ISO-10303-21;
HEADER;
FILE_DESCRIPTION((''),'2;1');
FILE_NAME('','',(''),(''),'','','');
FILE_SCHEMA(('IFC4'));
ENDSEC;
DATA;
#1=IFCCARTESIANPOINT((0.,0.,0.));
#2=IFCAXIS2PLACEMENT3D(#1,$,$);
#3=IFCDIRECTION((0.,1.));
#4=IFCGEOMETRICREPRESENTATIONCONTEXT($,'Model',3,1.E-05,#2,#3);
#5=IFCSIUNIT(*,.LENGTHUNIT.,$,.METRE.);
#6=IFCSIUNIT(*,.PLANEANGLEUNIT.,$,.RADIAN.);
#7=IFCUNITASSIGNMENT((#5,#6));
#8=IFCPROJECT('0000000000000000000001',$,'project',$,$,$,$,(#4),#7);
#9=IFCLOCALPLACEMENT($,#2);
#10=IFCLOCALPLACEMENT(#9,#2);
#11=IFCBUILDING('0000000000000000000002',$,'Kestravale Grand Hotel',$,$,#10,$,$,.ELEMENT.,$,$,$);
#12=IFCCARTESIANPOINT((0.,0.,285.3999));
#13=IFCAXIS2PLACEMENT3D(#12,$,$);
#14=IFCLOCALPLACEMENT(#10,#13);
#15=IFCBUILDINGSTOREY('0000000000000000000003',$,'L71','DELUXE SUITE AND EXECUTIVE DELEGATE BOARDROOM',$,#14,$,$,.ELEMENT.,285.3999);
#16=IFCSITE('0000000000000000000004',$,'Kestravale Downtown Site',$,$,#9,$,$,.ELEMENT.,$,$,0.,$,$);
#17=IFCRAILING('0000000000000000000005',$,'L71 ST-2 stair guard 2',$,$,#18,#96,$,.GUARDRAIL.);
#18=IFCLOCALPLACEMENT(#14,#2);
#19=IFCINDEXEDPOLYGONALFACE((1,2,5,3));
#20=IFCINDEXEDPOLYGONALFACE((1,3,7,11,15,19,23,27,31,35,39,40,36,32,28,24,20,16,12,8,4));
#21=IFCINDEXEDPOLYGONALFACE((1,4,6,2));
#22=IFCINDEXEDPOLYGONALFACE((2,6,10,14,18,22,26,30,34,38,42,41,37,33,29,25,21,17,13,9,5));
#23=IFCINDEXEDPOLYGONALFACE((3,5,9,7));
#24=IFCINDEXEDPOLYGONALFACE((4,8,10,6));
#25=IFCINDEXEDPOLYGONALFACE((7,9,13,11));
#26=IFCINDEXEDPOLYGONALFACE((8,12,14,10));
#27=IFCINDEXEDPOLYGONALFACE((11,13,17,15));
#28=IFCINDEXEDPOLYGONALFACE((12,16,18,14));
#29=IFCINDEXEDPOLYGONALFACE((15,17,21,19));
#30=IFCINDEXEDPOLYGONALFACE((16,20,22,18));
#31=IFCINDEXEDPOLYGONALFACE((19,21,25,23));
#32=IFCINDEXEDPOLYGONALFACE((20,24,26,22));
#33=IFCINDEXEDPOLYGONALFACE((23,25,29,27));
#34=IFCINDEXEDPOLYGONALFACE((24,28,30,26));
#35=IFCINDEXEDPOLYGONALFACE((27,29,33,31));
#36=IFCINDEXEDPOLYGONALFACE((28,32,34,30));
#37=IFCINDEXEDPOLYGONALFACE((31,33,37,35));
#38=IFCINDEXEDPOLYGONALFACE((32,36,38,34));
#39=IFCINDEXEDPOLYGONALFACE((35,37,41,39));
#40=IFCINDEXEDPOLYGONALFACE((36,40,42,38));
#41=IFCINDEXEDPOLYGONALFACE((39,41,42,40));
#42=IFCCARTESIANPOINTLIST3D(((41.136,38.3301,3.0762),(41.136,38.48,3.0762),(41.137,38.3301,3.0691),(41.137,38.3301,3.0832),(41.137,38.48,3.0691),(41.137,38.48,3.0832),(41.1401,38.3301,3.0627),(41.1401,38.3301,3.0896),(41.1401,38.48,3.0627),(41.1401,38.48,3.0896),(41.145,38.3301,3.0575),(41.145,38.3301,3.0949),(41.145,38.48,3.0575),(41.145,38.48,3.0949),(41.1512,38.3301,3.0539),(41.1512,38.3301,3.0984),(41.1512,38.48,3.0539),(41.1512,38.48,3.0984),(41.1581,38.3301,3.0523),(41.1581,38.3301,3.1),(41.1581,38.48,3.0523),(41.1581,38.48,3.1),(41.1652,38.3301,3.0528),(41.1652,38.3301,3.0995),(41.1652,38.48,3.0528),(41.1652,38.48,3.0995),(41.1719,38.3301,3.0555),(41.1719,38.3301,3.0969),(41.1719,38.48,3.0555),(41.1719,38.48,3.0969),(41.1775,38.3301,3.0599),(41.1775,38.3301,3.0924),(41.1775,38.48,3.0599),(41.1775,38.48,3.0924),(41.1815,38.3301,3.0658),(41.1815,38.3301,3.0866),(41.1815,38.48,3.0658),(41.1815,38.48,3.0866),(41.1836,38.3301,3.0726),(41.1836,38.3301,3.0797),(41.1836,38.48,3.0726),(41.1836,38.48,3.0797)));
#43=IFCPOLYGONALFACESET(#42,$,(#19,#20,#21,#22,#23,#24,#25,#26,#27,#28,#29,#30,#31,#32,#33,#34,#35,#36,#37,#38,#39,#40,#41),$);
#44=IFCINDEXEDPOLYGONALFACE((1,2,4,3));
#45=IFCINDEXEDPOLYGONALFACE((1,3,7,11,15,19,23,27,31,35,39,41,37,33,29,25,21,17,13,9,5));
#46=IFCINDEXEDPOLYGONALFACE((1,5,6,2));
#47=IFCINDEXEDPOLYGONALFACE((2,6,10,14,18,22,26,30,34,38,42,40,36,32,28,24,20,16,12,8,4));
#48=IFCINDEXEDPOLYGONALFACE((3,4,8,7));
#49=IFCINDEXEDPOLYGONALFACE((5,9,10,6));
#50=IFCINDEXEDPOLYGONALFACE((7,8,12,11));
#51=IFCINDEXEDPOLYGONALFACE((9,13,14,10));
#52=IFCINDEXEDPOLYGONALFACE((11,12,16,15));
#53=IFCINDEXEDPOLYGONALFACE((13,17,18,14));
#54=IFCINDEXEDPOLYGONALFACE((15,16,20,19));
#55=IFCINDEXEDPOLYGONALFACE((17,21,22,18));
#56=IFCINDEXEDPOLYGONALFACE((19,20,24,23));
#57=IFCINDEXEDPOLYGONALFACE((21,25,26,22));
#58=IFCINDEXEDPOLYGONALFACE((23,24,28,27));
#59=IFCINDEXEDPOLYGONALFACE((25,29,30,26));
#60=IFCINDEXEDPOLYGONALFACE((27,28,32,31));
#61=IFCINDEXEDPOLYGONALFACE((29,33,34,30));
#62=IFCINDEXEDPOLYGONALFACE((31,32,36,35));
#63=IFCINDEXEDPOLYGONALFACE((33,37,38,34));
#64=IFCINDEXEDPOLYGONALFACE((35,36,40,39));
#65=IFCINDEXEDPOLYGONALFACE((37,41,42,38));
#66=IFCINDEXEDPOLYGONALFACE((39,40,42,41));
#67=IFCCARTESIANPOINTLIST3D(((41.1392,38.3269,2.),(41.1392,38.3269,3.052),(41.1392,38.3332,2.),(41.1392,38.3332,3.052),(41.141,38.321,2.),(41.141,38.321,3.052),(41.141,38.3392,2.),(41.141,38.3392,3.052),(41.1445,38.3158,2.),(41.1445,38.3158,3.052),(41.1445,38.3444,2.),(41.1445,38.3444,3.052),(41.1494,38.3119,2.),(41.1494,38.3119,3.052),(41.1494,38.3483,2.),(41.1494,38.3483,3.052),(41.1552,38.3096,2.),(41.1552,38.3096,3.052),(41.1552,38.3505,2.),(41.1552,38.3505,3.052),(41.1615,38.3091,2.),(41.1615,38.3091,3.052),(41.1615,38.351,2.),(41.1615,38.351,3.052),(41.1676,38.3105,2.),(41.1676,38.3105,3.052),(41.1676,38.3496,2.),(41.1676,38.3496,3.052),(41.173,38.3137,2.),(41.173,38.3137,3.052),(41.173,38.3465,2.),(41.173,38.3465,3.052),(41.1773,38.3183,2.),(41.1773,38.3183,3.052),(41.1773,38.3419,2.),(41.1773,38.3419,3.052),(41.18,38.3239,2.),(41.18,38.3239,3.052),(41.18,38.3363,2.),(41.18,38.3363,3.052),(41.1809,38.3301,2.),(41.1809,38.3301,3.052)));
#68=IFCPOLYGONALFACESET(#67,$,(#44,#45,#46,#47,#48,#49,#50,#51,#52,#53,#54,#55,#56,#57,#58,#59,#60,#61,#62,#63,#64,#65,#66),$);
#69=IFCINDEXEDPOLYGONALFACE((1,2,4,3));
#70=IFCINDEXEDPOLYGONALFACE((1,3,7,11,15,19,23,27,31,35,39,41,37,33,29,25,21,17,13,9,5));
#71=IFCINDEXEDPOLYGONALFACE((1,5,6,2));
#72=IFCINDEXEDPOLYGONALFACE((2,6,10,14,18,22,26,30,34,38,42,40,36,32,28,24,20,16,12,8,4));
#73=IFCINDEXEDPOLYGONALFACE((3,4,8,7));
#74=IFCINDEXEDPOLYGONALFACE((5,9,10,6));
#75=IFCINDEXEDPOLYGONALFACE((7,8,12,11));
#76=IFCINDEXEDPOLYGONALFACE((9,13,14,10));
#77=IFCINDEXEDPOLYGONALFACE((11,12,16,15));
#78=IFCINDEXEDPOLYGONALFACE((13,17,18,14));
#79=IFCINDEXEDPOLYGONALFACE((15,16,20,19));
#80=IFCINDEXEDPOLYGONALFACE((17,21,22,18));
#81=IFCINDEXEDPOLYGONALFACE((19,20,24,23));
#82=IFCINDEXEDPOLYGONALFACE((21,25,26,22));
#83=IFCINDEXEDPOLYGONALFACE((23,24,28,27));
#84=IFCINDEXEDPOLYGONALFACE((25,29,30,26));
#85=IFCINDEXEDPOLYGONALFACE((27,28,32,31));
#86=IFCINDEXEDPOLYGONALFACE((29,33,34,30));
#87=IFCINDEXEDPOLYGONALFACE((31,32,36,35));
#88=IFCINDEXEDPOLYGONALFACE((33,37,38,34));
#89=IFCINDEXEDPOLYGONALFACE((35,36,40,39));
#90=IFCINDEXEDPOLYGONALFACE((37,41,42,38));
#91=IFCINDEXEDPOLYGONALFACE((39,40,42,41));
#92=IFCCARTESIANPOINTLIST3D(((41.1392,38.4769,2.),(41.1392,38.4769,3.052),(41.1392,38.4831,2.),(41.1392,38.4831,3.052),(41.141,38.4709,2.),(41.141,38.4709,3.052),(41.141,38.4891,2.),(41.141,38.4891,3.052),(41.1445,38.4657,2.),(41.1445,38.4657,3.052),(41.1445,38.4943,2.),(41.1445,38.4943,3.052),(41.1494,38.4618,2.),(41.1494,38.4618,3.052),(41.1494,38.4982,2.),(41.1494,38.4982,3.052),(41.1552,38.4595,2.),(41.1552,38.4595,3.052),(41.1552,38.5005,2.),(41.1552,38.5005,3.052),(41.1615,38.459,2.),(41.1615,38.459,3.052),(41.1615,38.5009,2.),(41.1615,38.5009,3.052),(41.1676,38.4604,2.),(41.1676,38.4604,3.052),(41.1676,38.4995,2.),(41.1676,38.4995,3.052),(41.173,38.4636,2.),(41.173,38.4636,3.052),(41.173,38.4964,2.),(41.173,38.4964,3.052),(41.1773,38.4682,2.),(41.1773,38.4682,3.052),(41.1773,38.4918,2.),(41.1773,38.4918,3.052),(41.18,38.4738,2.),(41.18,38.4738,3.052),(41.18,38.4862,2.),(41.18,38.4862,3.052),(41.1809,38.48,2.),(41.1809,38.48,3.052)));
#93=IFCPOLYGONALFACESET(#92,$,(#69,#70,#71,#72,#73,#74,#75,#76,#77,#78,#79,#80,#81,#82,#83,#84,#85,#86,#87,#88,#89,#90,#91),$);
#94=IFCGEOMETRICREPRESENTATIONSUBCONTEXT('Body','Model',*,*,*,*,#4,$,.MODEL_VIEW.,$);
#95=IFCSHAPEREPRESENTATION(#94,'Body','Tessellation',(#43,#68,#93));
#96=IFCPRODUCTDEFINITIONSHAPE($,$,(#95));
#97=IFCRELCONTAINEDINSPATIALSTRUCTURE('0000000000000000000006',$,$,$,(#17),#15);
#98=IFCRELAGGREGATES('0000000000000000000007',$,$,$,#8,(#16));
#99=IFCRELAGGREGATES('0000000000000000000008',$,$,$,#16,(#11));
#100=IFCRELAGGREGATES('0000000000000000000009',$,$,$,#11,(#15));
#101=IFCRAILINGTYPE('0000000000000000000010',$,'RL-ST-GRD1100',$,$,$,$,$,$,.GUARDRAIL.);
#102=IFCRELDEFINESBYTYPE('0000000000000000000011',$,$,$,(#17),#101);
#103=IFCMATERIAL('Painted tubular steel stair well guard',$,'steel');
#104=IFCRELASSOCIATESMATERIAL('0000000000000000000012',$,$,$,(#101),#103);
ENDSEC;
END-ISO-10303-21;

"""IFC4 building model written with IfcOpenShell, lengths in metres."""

from ifc_helpers import new_model, si_unit, direction, frame, origin, origin_2d, place, context, subcontext, project, spatial, circle, extrude, material, type_object, element, save


model = new_model("IFC4")

# Units and contexts
model_context = context("Model", 3, precision=1e-05, world=origin(), true_north=direction((0.0, 1.0)))
body_context = subcontext(model_context, "Body", "Model", "MODEL_VIEW")
ifc_project = project(units=[si_unit("LENGTHUNIT", "METRE"), si_unit("PLANEANGLEUNIT", "RADIAN")], contexts=[model_context])

# Site, building, storey
site_placement = place(None, origin())
site = spatial("IfcSite", under=ifc_project, at=site_placement, Name="Kestravale Downtown Site", CompositionType="ELEMENT", RefElevation=0.0)
building_placement = place(site_placement, origin())
building = spatial("IfcBuilding", under=site, at=building_placement, Name="Kestravale Grand Hotel", CompositionType="ELEMENT")
storey_placement = place(building_placement, frame((0.0, 0.0, 285.3999)))
storey = spatial("IfcBuildingStorey", under=building, at=storey_placement, Name="L71", Description="DELUXE SUITE AND EXECUTIVE DELEGATE BOARDROOM", CompositionType="ELEMENT", Elevation=285.3999)

# Railing
ifc_material_1 = material(Name="Painted tubular steel stair well guard", Category="steel")
railing_type_1 = type_object("IfcRailingType", Name="RL-ST-GRD1100", PredefinedType="GUARDRAIL", material=ifc_material_1)
railing_1_placement = place(storey_placement, frame((41.1599, 38.3301, 2.0)))
element("IfcRailing", 1, at=railing_1_placement, inside=storey, type_object=railing_type_1, Name="L71 ST-2 stair guard 2", PredefinedType="GUARDRAIL", context=body_context, shape_type="SweptSolid", body=[
    extrude(circle(Radius=0.0239, at=origin_2d()), frame((0.0, 0.0, 1.0762), z_axis=(0.0, 1.0, 0.0), x_axis=(-1.0, 0.0, 0.0)), (0.0, 0.0, 1.0), 0.1499),
    extrude(circle(Radius=0.021, at=origin_2d()), origin(), (0.0, 0.0, 1.0), 1.052),
    extrude(circle(Radius=0.021, at=origin_2d()), frame((0.0, 0.1499, 0.0)), (0.0, 0.0, 1.0), 1.052),
])

save(model, "model.ifc")
